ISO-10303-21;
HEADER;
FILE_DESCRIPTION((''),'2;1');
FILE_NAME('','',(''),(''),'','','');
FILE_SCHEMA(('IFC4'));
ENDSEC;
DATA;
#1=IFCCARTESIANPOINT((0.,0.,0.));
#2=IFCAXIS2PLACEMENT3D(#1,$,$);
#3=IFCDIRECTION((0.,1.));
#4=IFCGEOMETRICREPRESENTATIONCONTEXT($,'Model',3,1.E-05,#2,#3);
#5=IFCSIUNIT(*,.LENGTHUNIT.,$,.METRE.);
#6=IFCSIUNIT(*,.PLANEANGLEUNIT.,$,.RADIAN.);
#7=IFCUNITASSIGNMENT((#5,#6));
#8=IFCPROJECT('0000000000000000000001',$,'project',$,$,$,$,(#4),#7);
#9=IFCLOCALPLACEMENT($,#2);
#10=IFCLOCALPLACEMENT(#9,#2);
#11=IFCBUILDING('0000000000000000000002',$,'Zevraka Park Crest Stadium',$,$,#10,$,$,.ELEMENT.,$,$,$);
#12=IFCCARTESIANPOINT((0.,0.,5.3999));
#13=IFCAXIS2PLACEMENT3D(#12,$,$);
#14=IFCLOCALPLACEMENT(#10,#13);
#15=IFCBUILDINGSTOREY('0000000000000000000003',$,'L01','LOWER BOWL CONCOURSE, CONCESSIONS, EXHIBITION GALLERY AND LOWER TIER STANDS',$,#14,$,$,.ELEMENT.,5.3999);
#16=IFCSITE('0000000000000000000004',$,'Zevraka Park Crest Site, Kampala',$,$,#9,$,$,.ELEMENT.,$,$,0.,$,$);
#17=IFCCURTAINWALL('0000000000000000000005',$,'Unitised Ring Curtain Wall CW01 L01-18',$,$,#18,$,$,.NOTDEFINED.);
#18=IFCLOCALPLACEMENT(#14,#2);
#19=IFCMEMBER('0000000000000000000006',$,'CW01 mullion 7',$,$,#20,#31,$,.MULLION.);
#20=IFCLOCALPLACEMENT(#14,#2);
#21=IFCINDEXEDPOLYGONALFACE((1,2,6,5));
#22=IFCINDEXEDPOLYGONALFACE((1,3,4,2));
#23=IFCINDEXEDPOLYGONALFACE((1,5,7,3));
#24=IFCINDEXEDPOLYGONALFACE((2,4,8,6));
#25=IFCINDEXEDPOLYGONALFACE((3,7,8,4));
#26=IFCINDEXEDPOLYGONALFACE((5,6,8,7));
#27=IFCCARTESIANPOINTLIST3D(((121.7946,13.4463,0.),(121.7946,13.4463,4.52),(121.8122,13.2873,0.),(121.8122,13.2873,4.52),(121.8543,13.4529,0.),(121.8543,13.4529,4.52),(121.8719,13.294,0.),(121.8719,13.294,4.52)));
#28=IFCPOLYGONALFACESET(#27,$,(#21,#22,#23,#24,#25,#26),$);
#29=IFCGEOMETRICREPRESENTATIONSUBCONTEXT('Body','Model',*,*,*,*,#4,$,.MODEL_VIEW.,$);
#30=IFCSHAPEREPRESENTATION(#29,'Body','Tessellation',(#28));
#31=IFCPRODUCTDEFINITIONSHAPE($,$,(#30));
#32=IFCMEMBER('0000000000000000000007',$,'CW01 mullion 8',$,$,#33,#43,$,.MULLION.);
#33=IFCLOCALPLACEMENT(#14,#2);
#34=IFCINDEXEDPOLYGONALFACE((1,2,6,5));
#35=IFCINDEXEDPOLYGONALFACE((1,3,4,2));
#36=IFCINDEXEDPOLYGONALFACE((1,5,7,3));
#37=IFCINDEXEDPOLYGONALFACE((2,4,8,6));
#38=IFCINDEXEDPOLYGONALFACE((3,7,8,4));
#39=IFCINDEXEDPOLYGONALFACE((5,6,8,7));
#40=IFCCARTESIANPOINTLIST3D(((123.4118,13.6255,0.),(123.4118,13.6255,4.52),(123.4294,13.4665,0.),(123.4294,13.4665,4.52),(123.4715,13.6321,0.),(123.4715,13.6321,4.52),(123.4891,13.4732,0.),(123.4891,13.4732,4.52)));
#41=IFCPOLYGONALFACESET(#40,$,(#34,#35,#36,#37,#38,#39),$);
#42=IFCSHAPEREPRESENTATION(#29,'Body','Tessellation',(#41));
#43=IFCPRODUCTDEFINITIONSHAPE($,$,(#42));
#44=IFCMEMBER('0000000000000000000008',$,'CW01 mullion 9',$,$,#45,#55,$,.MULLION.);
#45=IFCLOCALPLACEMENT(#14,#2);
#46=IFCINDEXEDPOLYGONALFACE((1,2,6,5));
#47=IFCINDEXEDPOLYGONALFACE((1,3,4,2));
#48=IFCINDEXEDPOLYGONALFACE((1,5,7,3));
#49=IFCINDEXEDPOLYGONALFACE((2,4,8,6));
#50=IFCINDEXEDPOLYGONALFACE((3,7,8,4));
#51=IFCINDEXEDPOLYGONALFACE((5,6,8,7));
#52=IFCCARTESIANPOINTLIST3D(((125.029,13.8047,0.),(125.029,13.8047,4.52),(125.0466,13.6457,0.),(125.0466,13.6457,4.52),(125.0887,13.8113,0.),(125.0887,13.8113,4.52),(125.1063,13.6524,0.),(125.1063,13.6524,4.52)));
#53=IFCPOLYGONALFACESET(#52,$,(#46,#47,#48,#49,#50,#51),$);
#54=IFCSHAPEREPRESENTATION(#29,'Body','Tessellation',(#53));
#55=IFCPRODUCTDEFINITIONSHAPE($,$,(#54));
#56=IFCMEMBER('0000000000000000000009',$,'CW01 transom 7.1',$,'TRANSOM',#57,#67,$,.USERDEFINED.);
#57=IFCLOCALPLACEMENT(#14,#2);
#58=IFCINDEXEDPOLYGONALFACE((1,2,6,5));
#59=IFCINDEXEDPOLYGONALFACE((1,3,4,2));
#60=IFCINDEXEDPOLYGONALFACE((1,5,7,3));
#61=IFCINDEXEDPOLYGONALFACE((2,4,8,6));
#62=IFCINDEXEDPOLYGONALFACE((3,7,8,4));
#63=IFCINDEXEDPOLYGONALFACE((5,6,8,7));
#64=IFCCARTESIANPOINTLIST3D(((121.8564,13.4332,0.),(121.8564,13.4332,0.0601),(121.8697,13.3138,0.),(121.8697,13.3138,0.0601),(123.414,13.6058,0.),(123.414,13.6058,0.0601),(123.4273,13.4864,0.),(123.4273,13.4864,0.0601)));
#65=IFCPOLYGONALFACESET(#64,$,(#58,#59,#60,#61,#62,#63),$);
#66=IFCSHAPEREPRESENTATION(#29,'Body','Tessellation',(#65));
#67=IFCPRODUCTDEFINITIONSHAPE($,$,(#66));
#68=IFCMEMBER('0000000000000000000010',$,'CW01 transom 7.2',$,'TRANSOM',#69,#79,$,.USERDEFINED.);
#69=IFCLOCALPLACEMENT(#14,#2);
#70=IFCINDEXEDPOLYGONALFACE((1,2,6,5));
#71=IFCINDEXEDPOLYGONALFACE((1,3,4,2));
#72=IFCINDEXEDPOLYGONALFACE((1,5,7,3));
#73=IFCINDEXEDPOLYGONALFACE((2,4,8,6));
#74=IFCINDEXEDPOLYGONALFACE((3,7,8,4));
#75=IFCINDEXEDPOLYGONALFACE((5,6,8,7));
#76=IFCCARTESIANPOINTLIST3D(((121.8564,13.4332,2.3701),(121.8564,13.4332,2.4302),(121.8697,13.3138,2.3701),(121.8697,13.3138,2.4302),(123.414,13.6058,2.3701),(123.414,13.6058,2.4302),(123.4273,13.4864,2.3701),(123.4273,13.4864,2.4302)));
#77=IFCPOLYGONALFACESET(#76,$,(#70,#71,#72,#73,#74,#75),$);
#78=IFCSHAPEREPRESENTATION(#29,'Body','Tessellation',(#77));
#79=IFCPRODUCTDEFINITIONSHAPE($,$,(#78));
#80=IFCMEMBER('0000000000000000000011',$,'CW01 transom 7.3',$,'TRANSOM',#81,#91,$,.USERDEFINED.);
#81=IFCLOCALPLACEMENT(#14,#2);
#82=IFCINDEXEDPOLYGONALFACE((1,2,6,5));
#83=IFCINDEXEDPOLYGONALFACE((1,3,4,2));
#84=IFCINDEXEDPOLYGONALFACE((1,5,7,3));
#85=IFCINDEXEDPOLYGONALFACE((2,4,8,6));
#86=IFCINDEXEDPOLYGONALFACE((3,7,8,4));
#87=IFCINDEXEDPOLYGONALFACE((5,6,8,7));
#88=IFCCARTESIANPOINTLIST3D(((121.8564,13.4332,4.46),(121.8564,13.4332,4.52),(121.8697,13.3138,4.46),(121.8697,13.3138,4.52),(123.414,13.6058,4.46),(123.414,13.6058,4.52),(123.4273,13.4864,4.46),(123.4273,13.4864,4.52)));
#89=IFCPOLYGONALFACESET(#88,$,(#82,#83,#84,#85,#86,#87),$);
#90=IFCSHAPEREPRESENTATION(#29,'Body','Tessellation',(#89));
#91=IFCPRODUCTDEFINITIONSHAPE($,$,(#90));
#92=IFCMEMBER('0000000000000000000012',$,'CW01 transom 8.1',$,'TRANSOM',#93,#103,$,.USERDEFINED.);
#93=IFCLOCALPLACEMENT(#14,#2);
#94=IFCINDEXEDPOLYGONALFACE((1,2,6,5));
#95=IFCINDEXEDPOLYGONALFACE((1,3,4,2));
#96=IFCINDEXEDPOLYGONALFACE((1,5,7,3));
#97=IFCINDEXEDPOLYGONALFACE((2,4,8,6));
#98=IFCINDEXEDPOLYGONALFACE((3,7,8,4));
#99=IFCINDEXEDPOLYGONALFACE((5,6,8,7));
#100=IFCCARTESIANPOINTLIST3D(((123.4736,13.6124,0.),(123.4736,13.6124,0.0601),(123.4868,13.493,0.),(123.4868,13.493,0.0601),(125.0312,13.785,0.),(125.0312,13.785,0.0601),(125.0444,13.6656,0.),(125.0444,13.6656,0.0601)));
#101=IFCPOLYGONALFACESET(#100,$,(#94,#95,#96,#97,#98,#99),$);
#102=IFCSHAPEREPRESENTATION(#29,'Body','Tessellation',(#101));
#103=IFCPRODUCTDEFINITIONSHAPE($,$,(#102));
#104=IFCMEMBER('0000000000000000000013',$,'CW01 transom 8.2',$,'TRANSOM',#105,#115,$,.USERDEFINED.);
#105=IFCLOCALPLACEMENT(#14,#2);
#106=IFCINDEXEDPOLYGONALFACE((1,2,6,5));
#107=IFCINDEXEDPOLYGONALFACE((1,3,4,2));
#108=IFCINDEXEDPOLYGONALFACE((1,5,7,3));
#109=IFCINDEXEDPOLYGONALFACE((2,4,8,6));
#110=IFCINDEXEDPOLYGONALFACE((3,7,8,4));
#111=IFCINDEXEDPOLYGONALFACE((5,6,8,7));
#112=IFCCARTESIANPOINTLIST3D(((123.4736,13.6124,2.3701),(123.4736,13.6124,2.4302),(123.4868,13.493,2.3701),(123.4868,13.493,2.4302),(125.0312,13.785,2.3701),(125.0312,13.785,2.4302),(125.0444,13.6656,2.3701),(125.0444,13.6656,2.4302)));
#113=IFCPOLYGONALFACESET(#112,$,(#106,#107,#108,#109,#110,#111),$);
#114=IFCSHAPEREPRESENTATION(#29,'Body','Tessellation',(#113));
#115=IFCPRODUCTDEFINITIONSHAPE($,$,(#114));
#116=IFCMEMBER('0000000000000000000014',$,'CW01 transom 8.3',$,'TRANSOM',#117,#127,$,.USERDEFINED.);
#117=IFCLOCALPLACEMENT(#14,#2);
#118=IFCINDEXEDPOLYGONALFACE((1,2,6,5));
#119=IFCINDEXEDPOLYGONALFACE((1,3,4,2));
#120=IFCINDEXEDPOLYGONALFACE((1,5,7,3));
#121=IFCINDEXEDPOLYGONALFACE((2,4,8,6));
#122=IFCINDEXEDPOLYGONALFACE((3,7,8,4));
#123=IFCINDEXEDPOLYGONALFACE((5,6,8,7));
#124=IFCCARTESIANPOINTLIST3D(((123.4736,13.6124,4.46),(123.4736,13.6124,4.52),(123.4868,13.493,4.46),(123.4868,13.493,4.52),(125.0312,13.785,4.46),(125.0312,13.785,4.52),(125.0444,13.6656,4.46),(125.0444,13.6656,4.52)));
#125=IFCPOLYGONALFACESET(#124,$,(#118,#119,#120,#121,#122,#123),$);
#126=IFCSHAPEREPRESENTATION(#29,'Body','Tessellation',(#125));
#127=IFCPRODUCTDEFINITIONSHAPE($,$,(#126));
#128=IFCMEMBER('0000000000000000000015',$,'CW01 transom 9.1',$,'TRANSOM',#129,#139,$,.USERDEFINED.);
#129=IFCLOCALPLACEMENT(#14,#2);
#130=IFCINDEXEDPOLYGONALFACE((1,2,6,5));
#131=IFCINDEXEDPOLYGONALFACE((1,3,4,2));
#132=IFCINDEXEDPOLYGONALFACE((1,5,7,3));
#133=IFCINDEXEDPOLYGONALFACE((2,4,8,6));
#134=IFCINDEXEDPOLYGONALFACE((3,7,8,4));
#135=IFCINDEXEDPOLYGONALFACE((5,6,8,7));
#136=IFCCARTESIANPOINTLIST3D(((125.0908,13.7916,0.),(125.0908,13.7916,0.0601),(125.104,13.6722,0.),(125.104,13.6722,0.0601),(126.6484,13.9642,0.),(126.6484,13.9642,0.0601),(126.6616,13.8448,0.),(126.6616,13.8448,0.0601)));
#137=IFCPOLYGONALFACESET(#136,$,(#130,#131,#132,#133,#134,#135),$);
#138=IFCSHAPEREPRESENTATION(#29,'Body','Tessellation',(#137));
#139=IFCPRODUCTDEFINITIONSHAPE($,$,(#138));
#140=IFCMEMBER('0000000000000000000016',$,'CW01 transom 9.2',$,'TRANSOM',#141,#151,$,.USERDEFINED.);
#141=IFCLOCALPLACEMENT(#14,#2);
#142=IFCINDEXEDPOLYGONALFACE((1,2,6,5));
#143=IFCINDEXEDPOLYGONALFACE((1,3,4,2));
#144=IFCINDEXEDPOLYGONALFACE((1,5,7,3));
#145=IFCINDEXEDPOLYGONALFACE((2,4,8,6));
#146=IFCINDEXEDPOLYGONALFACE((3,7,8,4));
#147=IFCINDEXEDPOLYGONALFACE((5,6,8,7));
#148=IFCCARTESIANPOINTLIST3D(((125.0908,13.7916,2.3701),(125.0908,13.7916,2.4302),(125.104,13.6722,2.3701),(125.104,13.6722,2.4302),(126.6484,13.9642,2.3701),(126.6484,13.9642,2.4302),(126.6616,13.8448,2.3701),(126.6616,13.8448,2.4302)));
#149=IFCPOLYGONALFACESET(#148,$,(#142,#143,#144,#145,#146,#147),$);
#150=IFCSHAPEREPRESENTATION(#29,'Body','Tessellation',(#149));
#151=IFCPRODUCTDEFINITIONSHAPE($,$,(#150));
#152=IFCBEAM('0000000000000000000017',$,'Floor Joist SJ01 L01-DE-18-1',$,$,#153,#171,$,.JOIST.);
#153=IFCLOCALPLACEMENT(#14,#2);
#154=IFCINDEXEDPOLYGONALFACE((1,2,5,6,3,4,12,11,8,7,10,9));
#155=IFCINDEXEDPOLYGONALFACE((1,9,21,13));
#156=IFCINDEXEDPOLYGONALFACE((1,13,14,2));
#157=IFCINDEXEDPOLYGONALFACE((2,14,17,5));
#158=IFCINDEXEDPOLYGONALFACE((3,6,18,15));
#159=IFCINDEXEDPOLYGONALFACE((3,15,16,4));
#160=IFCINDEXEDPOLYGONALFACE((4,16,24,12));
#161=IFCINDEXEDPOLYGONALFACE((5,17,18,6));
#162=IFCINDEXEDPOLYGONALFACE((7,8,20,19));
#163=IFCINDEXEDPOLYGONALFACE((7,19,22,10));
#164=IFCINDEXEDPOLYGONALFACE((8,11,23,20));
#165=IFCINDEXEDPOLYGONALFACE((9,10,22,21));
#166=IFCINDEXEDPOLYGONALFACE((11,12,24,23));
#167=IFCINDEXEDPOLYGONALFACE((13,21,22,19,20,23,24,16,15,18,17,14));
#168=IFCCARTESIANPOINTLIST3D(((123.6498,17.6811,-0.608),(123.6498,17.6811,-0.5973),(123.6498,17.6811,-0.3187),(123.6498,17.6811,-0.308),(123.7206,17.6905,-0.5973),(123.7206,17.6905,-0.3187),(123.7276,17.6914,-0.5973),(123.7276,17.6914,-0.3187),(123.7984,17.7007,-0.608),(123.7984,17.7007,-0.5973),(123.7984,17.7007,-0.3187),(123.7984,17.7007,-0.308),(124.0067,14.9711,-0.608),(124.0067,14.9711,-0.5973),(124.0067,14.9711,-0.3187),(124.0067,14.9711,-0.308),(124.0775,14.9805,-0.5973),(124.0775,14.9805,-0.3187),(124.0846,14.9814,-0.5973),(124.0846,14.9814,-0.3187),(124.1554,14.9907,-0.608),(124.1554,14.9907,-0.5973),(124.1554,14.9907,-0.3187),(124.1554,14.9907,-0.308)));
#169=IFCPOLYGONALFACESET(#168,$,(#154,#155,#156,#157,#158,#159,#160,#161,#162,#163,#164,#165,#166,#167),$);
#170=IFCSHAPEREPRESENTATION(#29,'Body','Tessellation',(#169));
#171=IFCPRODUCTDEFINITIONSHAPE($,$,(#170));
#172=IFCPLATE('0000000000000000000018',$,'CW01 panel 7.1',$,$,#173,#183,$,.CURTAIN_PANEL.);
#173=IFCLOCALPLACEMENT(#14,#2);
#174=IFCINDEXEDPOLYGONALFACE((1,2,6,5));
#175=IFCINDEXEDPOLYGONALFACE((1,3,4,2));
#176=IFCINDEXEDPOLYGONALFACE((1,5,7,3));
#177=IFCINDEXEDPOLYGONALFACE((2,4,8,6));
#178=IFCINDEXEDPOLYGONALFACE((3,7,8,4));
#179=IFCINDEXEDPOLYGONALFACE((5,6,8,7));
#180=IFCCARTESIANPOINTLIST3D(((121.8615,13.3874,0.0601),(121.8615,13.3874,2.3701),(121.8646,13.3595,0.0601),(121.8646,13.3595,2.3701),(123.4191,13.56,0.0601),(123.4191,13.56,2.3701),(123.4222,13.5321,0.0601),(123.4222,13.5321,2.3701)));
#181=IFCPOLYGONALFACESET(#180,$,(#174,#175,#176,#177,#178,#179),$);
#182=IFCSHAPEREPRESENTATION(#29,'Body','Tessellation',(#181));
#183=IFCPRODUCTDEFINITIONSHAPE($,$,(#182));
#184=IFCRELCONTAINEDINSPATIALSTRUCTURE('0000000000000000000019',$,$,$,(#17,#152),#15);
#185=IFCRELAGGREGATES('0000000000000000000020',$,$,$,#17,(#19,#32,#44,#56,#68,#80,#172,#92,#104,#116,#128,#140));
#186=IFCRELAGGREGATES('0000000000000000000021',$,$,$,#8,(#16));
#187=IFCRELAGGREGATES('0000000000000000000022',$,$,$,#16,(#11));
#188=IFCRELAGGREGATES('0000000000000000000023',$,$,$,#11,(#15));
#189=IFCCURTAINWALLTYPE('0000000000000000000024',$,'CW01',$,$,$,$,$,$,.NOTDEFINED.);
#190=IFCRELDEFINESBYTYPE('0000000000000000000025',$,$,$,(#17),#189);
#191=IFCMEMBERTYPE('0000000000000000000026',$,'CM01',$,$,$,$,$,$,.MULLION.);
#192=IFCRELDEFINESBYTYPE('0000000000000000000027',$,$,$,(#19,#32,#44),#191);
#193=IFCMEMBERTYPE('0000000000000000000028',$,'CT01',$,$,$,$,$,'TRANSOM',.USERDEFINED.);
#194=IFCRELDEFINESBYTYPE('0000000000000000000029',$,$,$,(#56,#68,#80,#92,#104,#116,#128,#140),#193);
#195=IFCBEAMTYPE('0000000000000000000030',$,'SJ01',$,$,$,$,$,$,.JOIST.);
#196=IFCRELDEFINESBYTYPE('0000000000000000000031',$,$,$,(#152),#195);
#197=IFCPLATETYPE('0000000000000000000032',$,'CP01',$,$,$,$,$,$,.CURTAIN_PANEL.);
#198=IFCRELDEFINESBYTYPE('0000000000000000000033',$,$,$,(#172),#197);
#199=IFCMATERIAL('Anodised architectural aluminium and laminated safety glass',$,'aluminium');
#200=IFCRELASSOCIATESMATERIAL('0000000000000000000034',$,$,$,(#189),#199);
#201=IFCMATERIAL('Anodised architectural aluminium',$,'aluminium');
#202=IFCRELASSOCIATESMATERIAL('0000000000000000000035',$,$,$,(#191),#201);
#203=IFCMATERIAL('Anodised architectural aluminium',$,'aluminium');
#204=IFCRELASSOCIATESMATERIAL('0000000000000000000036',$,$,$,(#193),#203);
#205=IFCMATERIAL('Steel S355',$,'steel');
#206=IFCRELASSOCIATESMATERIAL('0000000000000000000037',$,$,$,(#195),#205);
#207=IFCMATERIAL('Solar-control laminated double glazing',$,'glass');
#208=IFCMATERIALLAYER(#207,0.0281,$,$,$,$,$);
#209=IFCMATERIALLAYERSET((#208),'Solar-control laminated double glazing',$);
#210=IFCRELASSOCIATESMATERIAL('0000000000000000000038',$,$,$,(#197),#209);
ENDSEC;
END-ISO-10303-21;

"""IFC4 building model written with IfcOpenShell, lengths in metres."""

from ifc_helpers import new_model, si_unit, direction, frame, origin, origin_2d, place, context, subcontext, project, spatial, rectangle, i_section, extrude, material, layer, layer_set, material_profile, profile_set, type_object, element, aggregate, save


model = new_model("IFC4")

# Units and contexts
model_context = context("Model", 3, precision=1e-05, world=origin(), true_north=direction((0.0, 1.0)))
body_context = subcontext(model_context, "Body", "Model", "MODEL_VIEW")
ifc_project = project(units=[si_unit("LENGTHUNIT", "METRE"), si_unit("PLANEANGLEUNIT", "RADIAN")], contexts=[model_context])

# Site, building, storey
site_placement = place(None, origin())
site = spatial("IfcSite", under=ifc_project, at=site_placement, Name="Zevraka Park Crest Site, Kampala", CompositionType="ELEMENT", RefElevation=0.0)
building_placement = place(site_placement, origin())
building = spatial("IfcBuilding", under=site, at=building_placement, Name="Zevraka Park Crest Stadium", CompositionType="ELEMENT")
storey_placement = place(building_placement, frame((0.0, 0.0, 5.3999)))
storey = spatial("IfcBuildingStorey", under=building, at=storey_placement, Name="L01", Description="LOWER BOWL CONCOURSE, CONCESSIONS, EXHIBITION GALLERY AND LOWER TIER STANDS", CompositionType="ELEMENT", Elevation=5.3999)

# Curtain wall, members
ifc_material_1 = material(Name="Anodised architectural aluminium and laminated safety glass", Category="aluminium")
curtain_wall_type = type_object("IfcCurtainWallType", Name="CW01", PredefinedType="NOTDEFINED", material=ifc_material_1)
curtain_wall_placement = place(storey_placement, origin())
curtain_wall = element("IfcCurtainWall", 1, at=curtain_wall_placement, inside=storey, type_object=curtain_wall_type, Name="Unitised Ring Curtain Wall CW01 L01-18", PredefinedType="NOTDEFINED")
ifc_material_2 = material(Name="Anodised architectural aluminium", Category="aluminium")
ifc_material_profile_1 = material_profile(ifc_material_2, rectangle(XDim=0.1599, YDim=0.0601, at=origin_2d()), Name="ALU MULLION 160x60")
ifc_profile_set_1 = profile_set([ifc_material_profile_1], Name="Anodised architectural aluminium")
member_type_1 = type_object("IfcMemberType", Name="CM01", PredefinedType="MULLION", material=ifc_profile_set_1)
member_1_placement = place(storey_placement, frame((121.8333, 13.3701, 0.0), z_axis=(0.0, 0.0, 1.0), x_axis=(-0.110135, 0.993917, 0.0)))
member_1 = element("IfcMember", 2, at=member_1_placement, type_object=member_type_1, Name="CW01 mullion 7", PredefinedType="MULLION", context=body_context, shape_type="SweptSolid", body=[
    extrude(rectangle(XDim=0.1599, YDim=0.0601, at=origin_2d()), origin(), (0.0, 0.0, 1.0), 4.52),
])
member_2_placement = place(storey_placement, frame((123.4504, 13.5493, 0.0), z_axis=(0.0, 0.0, 1.0), x_axis=(-0.110135, 0.993917, 0.0)))
member_2 = element("IfcMember", 3, at=member_2_placement, type_object=member_type_1, Name="CW01 mullion 8", PredefinedType="MULLION", context=body_context, shape_type="SweptSolid", body=[
    extrude(rectangle(XDim=0.1599, YDim=0.0601, at=origin_2d()), origin(), (0.0, 0.0, 1.0), 4.52),
])
member_3_placement = place(storey_placement, frame((125.0676, 13.7285, 0.0), z_axis=(0.0, 0.0, 1.0), x_axis=(-0.110135, 0.993917, 0.0)))
member_3 = element("IfcMember", 4, at=member_3_placement, type_object=member_type_1, Name="CW01 mullion 9", PredefinedType="MULLION", context=body_context, shape_type="SweptSolid", body=[
    extrude(rectangle(XDim=0.1599, YDim=0.0601, at=origin_2d()), origin(), (0.0, 0.0, 1.0), 4.52),
])
ifc_material_3 = material(Name="Anodised architectural aluminium", Category="aluminium")
ifc_material_profile_2 = material_profile(ifc_material_3, rectangle(XDim=0.1201, YDim=0.0601, at=origin_2d()), Name="ALU TRANSOM 120x60")
ifc_profile_set_2 = profile_set([ifc_material_profile_2], Name="Anodised architectural aluminium")
member_type_2 = type_object("IfcMemberType", Name="CT01", ElementType="TRANSOM", PredefinedType="USERDEFINED", material=ifc_profile_set_2)
member_4_placement = place(storey_placement, frame((121.863, 13.3735, 0.03), z_axis=(0.993916, 0.110141, 0.0), x_axis=(-0.110141, 0.993916, 0.0)))
member_4 = element("IfcMember", 5, at=member_4_placement, type_object=member_type_2, Name="CW01 transom 7.1", ObjectType="TRANSOM", PredefinedType="USERDEFINED", context=body_context, shape_type="SweptSolid", body=[
    extrude(rectangle(XDim=0.1201, YDim=0.0601, at=origin_2d()), origin(), (0.0, 0.0, 1.0), 1.5671),
])
member_5_placement = place(storey_placement, frame((121.863, 13.3735, 2.4001), z_axis=(0.993916, 0.110141, 0.0), x_axis=(-0.110141, 0.993916, 0.0)))
member_5 = element("IfcMember", 6, at=member_5_placement, type_object=member_type_2, Name="CW01 transom 7.2", ObjectType="TRANSOM", PredefinedType="USERDEFINED", context=body_context, shape_type="SweptSolid", body=[
    extrude(rectangle(XDim=0.1201, YDim=0.0601, at=origin_2d()), origin(), (0.0, 0.0, 1.0), 1.5671),
])
member_6_placement = place(storey_placement, frame((121.863, 13.3735, 4.49), z_axis=(0.993916, 0.110141, 0.0), x_axis=(-0.110141, 0.993916, 0.0)))
member_6 = element("IfcMember", 7, at=member_6_placement, type_object=member_type_2, Name="CW01 transom 7.3", ObjectType="TRANSOM", PredefinedType="USERDEFINED", context=body_context, shape_type="SweptSolid", body=[
    extrude(rectangle(XDim=0.1201, YDim=0.0601, at=origin_2d()), origin(), (0.0, 0.0, 1.0), 1.5671),
])
member_7_placement = place(storey_placement, frame((123.4802, 13.5527, 0.03), z_axis=(0.993916, 0.110141, 0.0), x_axis=(-0.110141, 0.993916, 0.0)))
member_7 = element("IfcMember", 8, at=member_7_placement, type_object=member_type_2, Name="CW01 transom 8.1", ObjectType="TRANSOM", PredefinedType="USERDEFINED", context=body_context, shape_type="SweptSolid", body=[
    extrude(rectangle(XDim=0.1201, YDim=0.0601, at=origin_2d()), origin(), (0.0, 0.0, 1.0), 1.5671),
])
member_8_placement = place(storey_placement, frame((123.4802, 13.5527, 2.4001), z_axis=(0.993916, 0.110141, 0.0), x_axis=(-0.110141, 0.993916, 0.0)))
member_8 = element("IfcMember", 9, at=member_8_placement, type_object=member_type_2, Name="CW01 transom 8.2", ObjectType="TRANSOM", PredefinedType="USERDEFINED", context=body_context, shape_type="SweptSolid", body=[
    extrude(rectangle(XDim=0.1201, YDim=0.0601, at=origin_2d()), origin(), (0.0, 0.0, 1.0), 1.5671),
])
member_9_placement = place(storey_placement, frame((123.4802, 13.5527, 4.49), z_axis=(0.993916, 0.110141, 0.0), x_axis=(-0.110141, 0.993916, 0.0)))
member_9 = element("IfcMember", 10, at=member_9_placement, type_object=member_type_2, Name="CW01 transom 8.3", ObjectType="TRANSOM", PredefinedType="USERDEFINED", context=body_context, shape_type="SweptSolid", body=[
    extrude(rectangle(XDim=0.1201, YDim=0.0601, at=origin_2d()), origin(), (0.0, 0.0, 1.0), 1.5671),
])
member_10_placement = place(storey_placement, frame((125.0974, 13.7319, 0.03), z_axis=(0.993916, 0.110141, 0.0), x_axis=(-0.110141, 0.993916, 0.0)))
member_10 = element("IfcMember", 11, at=member_10_placement, type_object=member_type_2, Name="CW01 transom 9.1", ObjectType="TRANSOM", PredefinedType="USERDEFINED", context=body_context, shape_type="SweptSolid", body=[
    extrude(rectangle(XDim=0.1201, YDim=0.0601, at=origin_2d()), origin(), (0.0, 0.0, 1.0), 1.5671),
])
member_11_placement = place(storey_placement, frame((125.0974, 13.7319, 2.4001), z_axis=(0.993916, 0.110141, 0.0), x_axis=(-0.110141, 0.993916, 0.0)))
member_11 = element("IfcMember", 12, at=member_11_placement, type_object=member_type_2, Name="CW01 transom 9.2", ObjectType="TRANSOM", PredefinedType="USERDEFINED", context=body_context, shape_type="SweptSolid", body=[
    extrude(rectangle(XDim=0.1201, YDim=0.0601, at=origin_2d()), origin(), (0.0, 0.0, 1.0), 1.5671),
])

# Beam
ifc_material_4 = material(Name="Steel S355", Category="steel")
ifc_material_profile_3 = material_profile(ifc_material_4, i_section(OverallWidth=0.1499, OverallDepth=0.3, WebThickness=0.0071, FlangeThickness=0.0107, at=origin_2d()), Name="IPE 300")
ifc_profile_set_3 = profile_set([ifc_material_profile_3], Name="Steel S355")
beam_type = type_object("IfcBeamType", Name="SJ01", PredefinedType="JOIST", material=ifc_profile_set_3)
beam_placement = place(storey_placement, frame((123.7241, 17.6909, -0.458), z_axis=(0.130584, -0.991437, 0.0), x_axis=(0.991437, 0.130584, 0.0)))
element("IfcBeam", 13, at=beam_placement, inside=storey, type_object=beam_type, Name="Floor Joist SJ01 L01-DE-18-1", PredefinedType="JOIST", context=body_context, shape_type="SweptSolid", body=[
    extrude(i_section(OverallWidth=0.1499, OverallDepth=0.3, WebThickness=0.0071, FlangeThickness=0.0107, at=origin_2d()), origin(), (0.0, 0.0, 1.0), 2.7334),
])

# Plate
ifc_material_5 = material(Name="Solar-control laminated double glazing", Category="glass")
ifc_layer_1 = layer(ifc_material_5, 0.0281)
ifc_layer_set_1 = layer_set([ifc_layer_1], Name="Solar-control laminated double glazing")
plate_type = type_object("IfcPlateType", Name="CP01", PredefinedType="CURTAIN_PANEL", material=ifc_layer_set_1)
plate_1_placement = place(storey_placement, frame((122.6418, 13.4597, 0.0601), z_axis=(0.0, 0.0, 1.0), x_axis=(0.993917, 0.110135, 0.0)))
plate_1 = element("IfcPlate", 14, at=plate_1_placement, type_object=plate_type, Name="CW01 panel 7.1", PredefinedType="CURTAIN_PANEL", context=body_context, shape_type="SweptSolid", body=[
    extrude(rectangle(XDim=1.5671, YDim=0.0281, at=origin_2d()), origin(), (0.0, 0.0, 1.0), 2.3101),
])
aggregate(curtain_wall, [member_1, member_2, member_3, member_4, member_5, member_6, plate_1, member_7, member_8, member_9, member_10, member_11])

save(model, "model.ifc")
